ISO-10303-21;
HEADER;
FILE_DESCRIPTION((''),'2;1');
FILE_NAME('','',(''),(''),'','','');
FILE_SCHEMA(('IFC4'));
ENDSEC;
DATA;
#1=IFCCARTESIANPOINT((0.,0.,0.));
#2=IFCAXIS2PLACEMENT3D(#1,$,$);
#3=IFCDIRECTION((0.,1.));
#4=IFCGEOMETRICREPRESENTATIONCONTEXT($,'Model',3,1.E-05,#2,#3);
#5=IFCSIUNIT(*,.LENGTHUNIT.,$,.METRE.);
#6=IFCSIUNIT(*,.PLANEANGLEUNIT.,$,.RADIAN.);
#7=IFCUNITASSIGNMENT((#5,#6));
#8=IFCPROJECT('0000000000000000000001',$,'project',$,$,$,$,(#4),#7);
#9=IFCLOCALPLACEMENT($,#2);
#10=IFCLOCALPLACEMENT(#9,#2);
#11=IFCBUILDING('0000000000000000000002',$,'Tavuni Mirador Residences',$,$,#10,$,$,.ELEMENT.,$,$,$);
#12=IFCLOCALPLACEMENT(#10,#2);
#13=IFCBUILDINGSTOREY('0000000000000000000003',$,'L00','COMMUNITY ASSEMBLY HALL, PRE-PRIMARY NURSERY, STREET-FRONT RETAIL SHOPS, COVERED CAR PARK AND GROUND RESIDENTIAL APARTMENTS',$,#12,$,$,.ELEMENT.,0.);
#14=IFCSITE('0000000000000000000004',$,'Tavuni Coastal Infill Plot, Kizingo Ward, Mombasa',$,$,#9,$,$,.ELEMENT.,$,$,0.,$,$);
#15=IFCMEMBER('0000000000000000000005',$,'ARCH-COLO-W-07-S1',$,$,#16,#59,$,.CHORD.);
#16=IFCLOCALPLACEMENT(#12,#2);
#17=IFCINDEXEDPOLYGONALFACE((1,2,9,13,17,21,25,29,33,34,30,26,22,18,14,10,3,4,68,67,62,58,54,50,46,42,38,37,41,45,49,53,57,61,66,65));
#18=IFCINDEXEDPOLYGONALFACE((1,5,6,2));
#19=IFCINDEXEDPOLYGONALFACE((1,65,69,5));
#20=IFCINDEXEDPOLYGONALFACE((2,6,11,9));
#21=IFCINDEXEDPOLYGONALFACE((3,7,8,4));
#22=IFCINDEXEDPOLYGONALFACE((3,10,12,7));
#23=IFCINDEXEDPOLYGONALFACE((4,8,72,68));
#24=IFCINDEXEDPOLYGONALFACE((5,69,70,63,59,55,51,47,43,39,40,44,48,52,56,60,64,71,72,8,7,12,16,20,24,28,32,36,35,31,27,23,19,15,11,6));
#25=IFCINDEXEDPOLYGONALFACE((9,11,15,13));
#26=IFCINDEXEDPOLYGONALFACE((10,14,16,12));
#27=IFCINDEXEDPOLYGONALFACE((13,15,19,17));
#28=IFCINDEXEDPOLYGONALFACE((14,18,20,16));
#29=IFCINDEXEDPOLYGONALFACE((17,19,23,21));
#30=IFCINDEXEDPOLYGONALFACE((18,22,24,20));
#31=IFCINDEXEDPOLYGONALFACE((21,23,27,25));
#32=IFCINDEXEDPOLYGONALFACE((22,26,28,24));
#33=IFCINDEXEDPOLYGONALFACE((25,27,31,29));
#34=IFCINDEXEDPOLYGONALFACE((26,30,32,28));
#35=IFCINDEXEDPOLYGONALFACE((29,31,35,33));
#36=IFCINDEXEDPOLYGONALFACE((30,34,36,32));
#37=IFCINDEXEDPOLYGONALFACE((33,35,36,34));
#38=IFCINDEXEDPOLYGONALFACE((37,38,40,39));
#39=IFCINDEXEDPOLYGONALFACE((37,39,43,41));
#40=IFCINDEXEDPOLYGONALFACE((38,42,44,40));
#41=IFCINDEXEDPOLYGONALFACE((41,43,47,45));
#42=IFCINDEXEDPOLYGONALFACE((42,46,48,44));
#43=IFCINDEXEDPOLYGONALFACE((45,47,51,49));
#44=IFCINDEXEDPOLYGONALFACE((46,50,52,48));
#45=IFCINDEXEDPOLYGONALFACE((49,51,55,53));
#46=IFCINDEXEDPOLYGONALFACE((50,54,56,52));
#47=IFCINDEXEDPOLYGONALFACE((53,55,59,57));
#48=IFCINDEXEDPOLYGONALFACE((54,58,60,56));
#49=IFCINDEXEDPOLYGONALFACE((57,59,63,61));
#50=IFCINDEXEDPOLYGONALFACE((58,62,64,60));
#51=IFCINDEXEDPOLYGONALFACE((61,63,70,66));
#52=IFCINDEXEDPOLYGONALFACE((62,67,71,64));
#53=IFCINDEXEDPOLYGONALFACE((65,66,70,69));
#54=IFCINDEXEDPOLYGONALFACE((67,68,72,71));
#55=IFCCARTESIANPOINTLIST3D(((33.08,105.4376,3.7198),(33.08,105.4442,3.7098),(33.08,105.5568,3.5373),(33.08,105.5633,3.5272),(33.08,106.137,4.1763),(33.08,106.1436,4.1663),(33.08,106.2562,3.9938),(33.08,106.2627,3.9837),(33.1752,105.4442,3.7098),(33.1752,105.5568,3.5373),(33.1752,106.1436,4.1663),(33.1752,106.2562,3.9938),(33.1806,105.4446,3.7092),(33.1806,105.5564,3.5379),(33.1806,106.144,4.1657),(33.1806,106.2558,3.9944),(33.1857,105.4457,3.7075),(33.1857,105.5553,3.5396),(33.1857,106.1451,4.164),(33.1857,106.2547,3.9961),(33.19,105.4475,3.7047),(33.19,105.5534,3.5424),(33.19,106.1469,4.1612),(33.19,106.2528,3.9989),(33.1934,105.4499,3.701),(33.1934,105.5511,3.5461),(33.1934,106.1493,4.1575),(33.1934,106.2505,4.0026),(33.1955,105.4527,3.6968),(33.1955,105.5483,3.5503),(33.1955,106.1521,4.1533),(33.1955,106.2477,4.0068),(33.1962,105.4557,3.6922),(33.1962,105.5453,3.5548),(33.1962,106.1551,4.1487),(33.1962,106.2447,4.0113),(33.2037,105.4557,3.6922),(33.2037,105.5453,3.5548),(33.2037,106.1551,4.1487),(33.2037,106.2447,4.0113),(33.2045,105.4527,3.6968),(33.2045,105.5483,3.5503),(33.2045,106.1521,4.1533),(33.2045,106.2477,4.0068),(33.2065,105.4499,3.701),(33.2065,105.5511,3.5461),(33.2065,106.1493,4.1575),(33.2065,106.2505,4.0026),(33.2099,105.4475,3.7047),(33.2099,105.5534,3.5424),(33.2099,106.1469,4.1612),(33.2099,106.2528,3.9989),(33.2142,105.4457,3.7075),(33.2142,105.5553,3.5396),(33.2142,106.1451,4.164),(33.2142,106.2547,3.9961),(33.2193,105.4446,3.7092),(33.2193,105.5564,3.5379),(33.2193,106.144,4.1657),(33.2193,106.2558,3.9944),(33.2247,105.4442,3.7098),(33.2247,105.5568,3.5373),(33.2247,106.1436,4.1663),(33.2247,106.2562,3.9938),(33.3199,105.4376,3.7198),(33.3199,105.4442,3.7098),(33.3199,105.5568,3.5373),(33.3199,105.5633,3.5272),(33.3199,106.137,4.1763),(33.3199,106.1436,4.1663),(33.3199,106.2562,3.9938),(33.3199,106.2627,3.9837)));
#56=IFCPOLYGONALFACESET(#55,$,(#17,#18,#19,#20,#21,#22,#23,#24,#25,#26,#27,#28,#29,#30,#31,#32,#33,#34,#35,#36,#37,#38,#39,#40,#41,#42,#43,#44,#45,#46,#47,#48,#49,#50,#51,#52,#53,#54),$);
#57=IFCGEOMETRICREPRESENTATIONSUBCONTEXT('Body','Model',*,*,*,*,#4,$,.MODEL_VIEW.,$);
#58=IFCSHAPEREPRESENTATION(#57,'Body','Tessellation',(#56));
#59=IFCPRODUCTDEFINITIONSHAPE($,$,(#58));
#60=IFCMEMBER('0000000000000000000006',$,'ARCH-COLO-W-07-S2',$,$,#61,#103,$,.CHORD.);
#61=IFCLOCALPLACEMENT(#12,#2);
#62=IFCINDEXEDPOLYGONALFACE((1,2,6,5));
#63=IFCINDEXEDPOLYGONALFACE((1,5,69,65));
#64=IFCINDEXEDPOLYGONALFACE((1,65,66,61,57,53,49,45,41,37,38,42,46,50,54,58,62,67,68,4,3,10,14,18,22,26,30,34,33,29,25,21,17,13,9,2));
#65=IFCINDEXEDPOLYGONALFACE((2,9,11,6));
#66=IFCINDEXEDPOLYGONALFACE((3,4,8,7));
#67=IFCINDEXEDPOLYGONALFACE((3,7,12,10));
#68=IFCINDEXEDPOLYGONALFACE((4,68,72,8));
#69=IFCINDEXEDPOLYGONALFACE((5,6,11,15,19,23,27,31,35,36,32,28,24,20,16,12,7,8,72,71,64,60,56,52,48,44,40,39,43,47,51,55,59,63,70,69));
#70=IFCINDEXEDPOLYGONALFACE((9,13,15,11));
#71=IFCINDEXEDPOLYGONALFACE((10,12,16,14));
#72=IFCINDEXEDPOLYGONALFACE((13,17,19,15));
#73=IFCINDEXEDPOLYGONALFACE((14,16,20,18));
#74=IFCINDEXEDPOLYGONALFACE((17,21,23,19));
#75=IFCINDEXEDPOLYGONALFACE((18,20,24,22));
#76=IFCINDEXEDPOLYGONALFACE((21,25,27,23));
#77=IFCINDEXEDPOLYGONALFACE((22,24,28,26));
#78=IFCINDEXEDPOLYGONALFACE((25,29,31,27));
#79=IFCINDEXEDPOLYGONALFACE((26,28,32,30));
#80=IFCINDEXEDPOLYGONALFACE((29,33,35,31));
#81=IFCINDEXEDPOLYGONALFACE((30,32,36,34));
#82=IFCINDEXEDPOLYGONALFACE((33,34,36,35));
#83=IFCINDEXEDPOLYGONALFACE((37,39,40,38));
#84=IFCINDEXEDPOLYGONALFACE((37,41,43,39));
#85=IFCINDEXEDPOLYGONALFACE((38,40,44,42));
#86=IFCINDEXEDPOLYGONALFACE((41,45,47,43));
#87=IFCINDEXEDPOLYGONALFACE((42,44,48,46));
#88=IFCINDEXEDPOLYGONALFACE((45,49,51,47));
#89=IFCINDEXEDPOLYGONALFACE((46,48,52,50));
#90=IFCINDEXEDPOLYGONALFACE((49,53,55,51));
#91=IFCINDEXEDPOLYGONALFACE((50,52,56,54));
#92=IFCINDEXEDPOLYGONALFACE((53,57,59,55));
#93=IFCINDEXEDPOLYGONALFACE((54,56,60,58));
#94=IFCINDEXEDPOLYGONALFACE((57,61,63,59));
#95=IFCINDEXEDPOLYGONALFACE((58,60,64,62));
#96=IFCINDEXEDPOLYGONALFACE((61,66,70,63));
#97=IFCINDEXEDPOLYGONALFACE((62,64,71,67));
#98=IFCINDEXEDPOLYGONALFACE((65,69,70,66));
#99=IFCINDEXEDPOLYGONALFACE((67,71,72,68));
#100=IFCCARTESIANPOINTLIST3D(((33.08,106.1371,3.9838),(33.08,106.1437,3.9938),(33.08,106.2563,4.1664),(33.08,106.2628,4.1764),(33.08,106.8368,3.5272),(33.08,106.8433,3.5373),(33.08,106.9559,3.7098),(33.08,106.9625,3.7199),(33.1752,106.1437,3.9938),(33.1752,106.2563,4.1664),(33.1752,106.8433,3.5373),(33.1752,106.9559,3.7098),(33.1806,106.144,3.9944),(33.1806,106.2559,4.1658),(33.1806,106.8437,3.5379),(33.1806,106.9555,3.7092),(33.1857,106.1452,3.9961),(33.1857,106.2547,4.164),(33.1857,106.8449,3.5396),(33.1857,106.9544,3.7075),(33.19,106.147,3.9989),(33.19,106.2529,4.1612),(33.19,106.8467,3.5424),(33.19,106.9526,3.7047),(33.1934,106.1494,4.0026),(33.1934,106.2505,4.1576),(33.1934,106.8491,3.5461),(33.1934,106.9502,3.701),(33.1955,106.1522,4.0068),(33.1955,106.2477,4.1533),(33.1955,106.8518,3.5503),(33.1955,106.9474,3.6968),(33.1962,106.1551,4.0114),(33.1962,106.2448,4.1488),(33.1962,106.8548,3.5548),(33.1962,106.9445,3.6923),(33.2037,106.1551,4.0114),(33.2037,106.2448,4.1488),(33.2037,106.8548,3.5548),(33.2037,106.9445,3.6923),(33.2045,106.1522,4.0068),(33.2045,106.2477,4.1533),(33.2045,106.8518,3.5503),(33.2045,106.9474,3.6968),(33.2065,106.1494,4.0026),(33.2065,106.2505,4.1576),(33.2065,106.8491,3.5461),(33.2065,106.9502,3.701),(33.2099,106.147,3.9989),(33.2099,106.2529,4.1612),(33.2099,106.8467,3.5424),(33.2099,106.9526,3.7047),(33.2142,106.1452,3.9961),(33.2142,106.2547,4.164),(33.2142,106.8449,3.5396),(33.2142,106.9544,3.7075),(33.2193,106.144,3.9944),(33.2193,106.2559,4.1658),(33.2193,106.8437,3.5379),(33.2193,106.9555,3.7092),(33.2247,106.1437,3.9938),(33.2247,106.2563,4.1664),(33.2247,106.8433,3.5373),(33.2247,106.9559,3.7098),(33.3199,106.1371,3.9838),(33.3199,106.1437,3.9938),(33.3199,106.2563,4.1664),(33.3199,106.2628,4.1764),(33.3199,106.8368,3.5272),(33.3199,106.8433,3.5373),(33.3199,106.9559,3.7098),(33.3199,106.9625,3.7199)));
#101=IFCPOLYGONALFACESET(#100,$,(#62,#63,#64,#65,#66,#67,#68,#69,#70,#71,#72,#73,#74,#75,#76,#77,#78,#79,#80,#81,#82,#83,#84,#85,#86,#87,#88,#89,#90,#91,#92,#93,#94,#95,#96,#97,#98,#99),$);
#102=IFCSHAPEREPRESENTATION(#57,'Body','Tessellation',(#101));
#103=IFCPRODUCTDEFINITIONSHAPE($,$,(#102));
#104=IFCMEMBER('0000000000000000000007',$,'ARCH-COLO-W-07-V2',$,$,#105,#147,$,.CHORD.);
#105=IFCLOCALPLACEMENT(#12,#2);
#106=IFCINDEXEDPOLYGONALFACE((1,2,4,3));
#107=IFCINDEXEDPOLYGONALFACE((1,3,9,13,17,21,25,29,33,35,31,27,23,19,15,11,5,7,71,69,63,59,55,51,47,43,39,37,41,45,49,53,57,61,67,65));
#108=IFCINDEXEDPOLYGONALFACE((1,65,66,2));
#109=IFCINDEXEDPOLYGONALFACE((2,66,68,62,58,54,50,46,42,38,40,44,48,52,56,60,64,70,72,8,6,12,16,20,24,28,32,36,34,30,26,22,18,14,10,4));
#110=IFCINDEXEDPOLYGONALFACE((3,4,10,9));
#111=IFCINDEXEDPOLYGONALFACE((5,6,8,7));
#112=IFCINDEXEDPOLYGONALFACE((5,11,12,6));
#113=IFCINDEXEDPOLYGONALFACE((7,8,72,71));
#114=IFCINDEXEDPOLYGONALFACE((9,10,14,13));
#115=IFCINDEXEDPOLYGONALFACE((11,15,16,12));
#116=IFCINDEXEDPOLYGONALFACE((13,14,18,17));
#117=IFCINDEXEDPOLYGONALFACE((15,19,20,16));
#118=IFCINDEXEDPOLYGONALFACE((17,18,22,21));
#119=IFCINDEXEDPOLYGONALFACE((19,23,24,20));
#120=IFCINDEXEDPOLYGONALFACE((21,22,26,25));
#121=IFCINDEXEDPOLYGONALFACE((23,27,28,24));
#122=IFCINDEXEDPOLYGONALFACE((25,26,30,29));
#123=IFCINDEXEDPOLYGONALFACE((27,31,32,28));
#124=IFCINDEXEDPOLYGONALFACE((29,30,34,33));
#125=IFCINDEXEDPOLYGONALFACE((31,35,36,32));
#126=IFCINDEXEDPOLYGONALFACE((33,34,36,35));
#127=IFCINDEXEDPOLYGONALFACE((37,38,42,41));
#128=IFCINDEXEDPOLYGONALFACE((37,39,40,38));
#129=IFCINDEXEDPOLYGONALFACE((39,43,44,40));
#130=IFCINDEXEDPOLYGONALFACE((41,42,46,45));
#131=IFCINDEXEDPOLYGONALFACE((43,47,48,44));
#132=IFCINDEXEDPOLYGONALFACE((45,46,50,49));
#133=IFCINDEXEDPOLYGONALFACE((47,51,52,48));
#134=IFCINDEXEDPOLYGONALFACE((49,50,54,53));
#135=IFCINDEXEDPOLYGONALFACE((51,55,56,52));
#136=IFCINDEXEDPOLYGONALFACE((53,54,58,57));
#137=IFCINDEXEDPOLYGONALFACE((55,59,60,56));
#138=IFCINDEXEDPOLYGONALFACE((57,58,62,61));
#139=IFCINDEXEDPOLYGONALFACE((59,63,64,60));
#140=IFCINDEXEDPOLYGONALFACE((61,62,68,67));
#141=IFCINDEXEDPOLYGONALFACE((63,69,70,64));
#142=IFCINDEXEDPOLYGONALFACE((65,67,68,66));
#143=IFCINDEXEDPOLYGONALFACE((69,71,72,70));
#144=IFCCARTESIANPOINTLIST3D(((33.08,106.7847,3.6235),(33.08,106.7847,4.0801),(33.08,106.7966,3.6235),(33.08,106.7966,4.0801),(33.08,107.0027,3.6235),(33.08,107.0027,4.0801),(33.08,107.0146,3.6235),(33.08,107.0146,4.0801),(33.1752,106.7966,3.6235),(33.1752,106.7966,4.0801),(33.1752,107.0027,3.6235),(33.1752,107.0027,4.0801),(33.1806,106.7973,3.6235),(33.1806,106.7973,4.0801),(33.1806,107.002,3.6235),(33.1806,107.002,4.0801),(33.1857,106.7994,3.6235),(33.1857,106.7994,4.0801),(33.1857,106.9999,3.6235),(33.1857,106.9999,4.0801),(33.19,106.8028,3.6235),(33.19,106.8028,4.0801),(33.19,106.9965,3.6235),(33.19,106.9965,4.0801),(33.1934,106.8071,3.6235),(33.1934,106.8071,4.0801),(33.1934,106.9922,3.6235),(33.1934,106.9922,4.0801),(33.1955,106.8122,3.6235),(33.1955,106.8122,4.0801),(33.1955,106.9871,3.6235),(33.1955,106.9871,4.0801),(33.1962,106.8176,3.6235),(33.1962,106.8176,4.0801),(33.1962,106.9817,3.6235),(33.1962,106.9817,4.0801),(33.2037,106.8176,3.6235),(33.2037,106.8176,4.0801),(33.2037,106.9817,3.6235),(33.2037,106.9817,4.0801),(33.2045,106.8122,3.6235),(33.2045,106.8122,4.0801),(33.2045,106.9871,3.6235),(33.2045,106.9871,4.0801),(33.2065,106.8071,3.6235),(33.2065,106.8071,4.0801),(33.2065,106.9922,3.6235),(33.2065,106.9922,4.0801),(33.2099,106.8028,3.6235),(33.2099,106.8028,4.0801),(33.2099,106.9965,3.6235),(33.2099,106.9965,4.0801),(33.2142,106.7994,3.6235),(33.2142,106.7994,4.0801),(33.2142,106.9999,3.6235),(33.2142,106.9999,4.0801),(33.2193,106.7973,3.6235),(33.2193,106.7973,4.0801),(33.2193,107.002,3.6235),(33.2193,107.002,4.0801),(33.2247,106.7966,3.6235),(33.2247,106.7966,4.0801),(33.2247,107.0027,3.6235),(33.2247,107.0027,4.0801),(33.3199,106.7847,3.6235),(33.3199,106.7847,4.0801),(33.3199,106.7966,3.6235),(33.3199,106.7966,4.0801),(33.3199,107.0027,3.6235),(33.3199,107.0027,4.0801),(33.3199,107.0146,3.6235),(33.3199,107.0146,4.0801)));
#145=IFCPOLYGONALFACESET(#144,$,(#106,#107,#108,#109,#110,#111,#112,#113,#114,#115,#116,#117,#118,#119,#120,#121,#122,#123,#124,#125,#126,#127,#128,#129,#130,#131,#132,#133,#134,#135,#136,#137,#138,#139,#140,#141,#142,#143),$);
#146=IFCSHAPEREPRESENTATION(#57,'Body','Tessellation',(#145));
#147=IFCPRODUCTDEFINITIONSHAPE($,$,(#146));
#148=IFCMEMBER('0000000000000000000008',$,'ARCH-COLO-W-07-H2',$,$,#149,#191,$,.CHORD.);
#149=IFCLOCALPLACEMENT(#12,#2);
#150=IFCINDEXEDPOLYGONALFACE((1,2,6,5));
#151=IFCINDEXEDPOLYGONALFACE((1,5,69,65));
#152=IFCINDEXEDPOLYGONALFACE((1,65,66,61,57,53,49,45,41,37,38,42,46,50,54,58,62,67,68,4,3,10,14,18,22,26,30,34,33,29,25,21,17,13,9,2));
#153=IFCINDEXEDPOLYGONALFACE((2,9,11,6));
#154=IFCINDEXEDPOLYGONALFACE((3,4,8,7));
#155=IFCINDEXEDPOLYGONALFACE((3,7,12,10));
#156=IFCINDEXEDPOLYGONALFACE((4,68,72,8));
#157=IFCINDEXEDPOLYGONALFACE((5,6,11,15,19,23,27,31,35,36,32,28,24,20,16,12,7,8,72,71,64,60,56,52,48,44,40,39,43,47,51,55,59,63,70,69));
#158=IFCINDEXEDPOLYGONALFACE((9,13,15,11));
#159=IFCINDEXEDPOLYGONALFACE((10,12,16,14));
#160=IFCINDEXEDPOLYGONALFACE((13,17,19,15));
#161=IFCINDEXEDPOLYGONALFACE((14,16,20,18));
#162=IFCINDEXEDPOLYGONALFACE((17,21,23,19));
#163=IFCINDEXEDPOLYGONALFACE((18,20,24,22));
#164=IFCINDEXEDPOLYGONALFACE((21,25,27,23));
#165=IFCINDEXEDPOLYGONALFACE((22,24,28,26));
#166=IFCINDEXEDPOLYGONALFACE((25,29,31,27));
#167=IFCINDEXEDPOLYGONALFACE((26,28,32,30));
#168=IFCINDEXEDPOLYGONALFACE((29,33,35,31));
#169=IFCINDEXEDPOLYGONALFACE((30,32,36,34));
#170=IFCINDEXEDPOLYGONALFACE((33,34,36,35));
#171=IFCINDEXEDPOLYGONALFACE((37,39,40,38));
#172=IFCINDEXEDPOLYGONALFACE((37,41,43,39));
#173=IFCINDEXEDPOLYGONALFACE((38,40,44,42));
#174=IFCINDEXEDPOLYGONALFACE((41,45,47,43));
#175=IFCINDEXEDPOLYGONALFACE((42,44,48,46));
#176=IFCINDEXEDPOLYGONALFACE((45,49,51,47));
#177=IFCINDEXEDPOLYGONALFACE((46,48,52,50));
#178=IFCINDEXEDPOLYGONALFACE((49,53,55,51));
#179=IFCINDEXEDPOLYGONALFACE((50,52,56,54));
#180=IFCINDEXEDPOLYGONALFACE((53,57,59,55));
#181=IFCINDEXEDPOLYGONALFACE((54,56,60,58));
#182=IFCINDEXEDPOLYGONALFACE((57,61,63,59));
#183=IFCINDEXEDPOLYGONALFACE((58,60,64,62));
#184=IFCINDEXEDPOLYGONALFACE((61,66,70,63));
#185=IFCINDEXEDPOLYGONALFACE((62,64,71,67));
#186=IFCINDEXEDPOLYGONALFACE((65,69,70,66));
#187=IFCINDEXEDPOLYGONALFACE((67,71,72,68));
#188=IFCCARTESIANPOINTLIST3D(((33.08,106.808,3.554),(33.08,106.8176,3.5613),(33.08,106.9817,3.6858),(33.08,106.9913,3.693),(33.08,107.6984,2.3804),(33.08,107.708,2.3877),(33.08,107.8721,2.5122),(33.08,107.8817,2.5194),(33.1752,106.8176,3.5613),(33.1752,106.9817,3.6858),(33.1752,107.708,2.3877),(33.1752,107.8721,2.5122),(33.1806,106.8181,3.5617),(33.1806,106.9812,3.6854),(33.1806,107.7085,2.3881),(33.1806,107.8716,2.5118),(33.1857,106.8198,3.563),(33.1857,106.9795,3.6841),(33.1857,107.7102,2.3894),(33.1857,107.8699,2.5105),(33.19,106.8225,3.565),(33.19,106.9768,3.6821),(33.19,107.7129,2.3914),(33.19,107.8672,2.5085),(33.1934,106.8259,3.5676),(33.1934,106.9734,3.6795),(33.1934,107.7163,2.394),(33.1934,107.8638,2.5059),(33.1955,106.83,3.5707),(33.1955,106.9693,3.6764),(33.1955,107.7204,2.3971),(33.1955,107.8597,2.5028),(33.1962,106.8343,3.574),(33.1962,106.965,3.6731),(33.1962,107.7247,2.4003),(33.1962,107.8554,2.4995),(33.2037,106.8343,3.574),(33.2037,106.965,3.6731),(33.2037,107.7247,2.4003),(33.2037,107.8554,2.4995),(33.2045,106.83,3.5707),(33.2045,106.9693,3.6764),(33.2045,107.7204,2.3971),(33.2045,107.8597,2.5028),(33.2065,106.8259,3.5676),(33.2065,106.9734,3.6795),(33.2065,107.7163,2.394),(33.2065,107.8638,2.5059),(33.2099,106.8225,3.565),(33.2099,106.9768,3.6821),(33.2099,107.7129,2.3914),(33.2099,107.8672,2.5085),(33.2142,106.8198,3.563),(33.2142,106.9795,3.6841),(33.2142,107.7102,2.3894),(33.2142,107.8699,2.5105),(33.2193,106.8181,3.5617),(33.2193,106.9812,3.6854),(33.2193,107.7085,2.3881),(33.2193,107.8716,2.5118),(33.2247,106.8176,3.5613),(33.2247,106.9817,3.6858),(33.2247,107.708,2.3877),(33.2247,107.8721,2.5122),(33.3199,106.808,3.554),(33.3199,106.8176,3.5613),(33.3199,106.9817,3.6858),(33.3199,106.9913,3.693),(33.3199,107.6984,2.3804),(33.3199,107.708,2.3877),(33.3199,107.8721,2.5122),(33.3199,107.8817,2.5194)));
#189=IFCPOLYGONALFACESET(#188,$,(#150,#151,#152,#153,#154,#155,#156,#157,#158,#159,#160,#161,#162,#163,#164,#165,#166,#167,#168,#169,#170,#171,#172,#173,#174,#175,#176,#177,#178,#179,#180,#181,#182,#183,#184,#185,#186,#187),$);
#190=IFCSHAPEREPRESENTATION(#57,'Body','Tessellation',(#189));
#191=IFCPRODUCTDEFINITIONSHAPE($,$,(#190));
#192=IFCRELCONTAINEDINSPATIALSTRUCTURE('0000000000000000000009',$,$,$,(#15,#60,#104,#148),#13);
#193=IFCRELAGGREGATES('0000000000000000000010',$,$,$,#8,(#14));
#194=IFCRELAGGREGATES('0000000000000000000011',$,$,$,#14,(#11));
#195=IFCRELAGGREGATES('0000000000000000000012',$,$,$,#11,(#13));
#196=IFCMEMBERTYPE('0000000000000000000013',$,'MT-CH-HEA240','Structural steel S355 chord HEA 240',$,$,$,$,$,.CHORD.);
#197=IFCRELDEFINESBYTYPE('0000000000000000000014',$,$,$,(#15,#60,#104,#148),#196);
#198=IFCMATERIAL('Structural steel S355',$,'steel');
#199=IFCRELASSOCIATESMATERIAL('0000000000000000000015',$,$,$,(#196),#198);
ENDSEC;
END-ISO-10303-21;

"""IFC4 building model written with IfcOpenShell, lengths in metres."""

from ifc_helpers import new_model, si_unit, direction, frame, origin, origin_2d, place, context, subcontext, project, spatial, i_section, extrude, material, material_profile, profile_set, type_object, element, save


model = new_model("IFC4")

# Units and contexts
model_context = context("Model", 3, precision=1e-05, world=origin(), true_north=direction((0.0, 1.0)))
body_context = subcontext(model_context, "Body", "Model", "MODEL_VIEW")
ifc_project = project(units=[si_unit("LENGTHUNIT", "METRE"), si_unit("PLANEANGLEUNIT", "RADIAN")], contexts=[model_context])

# Site, building, storey
site_placement = place(None, origin())
site = spatial("IfcSite", under=ifc_project, at=site_placement, Name="Tavuni Coastal Infill Plot, Kizingo Ward, Mombasa", CompositionType="ELEMENT", RefElevation=0.0)
building_placement = place(site_placement, origin())
building = spatial("IfcBuilding", under=site, at=building_placement, Name="Tavuni Mirador Residences", CompositionType="ELEMENT")
storey_placement = place(building_placement, origin())
storey = spatial("IfcBuildingStorey", under=building, at=storey_placement, Name="L00", Description="COMMUNITY ASSEMBLY HALL, PRE-PRIMARY NURSERY, STREET-FRONT RETAIL SHOPS, COVERED CAR PARK AND GROUND RESIDENTIAL APARTMENTS", CompositionType="ELEMENT", Elevation=0.0)

# Members
ifc_material_1 = material(Name="Structural steel S355", Category="steel")
ifc_material_profile_1 = material_profile(ifc_material_1, i_section(OverallWidth=0.24, OverallDepth=0.23, WebThickness=0.0076, FlangeThickness=0.012, FilletRadius=0.021, at=origin_2d()), Name="HEA 240", Category="steel")
ifc_profile_set_1 = profile_set([ifc_material_profile_1], Name="Structural steel S355")
member_type_1 = type_object("IfcMemberType", Name="MT-CH-HEA240", Description="Structural steel S355 chord HEA 240", PredefinedType="CHORD", material=ifc_profile_set_1)
member_1_placement = place(storey_placement, frame((33.2, 105.5005, 3.6235), z_axis=(0.0, 0.837407, 0.54658), x_axis=(-1.0, 0.0, 0.0)))
element("IfcMember", 1, at=member_1_placement, inside=storey, type_object=member_type_1, Name="ARCH-COLO-W-07-S1", PredefinedType="CHORD", context=body_context, shape_type="SweptSolid", body=[
    extrude(i_section(OverallWidth=0.24, OverallDepth=0.23, WebThickness=0.0076, FlangeThickness=0.012, FilletRadius=0.021, at=origin_2d()), origin(), (0.0, 0.0, 1.0), 0.8352),
])
member_2_placement = place(storey_placement, frame((33.2, 106.2, 4.0801), z_axis=(0.0, 0.837494, -0.546446), x_axis=(-1.0, 0.0, 0.0)))
element("IfcMember", 2, at=member_2_placement, inside=storey, type_object=member_type_1, Name="ARCH-COLO-W-07-S2", PredefinedType="CHORD", context=body_context, shape_type="SweptSolid", body=[
    extrude(i_section(OverallWidth=0.24, OverallDepth=0.23, WebThickness=0.0076, FlangeThickness=0.012, FilletRadius=0.021, at=origin_2d()), origin(), (0.0, 0.0, 1.0), 0.8354),
])
member_3_placement = place(storey_placement, frame((33.2, 106.8997, 3.6235), z_axis=(0.0, 0.0, 1.0), x_axis=(1.0, 0.0, 0.0)))
element("IfcMember", 3, at=member_3_placement, inside=storey, type_object=member_type_1, Name="ARCH-COLO-W-07-V2", PredefinedType="CHORD", context=body_context, shape_type="SweptSolid", body=[
    extrude(i_section(OverallWidth=0.24, OverallDepth=0.23, WebThickness=0.0076, FlangeThickness=0.012, FilletRadius=0.021, at=origin_2d()), origin(), (0.0, 0.0, 1.0), 0.4565),
])
member_4_placement = place(storey_placement, frame((33.2, 106.8997, 3.6235), z_axis=(0.0, 0.604419, -0.796667), x_axis=(-1.0, 0.0, 0.0)))
element("IfcMember", 4, at=member_4_placement, inside=storey, type_object=member_type_1, Name="ARCH-COLO-W-07-H2", PredefinedType="CHORD", context=body_context, shape_type="SweptSolid", body=[
    extrude(i_section(OverallWidth=0.24, OverallDepth=0.23, WebThickness=0.0076, FlangeThickness=0.012, FilletRadius=0.021, at=origin_2d()), origin(), (0.0, 0.0, 1.0), 1.4731),
])

save(model, "model.ifc")
